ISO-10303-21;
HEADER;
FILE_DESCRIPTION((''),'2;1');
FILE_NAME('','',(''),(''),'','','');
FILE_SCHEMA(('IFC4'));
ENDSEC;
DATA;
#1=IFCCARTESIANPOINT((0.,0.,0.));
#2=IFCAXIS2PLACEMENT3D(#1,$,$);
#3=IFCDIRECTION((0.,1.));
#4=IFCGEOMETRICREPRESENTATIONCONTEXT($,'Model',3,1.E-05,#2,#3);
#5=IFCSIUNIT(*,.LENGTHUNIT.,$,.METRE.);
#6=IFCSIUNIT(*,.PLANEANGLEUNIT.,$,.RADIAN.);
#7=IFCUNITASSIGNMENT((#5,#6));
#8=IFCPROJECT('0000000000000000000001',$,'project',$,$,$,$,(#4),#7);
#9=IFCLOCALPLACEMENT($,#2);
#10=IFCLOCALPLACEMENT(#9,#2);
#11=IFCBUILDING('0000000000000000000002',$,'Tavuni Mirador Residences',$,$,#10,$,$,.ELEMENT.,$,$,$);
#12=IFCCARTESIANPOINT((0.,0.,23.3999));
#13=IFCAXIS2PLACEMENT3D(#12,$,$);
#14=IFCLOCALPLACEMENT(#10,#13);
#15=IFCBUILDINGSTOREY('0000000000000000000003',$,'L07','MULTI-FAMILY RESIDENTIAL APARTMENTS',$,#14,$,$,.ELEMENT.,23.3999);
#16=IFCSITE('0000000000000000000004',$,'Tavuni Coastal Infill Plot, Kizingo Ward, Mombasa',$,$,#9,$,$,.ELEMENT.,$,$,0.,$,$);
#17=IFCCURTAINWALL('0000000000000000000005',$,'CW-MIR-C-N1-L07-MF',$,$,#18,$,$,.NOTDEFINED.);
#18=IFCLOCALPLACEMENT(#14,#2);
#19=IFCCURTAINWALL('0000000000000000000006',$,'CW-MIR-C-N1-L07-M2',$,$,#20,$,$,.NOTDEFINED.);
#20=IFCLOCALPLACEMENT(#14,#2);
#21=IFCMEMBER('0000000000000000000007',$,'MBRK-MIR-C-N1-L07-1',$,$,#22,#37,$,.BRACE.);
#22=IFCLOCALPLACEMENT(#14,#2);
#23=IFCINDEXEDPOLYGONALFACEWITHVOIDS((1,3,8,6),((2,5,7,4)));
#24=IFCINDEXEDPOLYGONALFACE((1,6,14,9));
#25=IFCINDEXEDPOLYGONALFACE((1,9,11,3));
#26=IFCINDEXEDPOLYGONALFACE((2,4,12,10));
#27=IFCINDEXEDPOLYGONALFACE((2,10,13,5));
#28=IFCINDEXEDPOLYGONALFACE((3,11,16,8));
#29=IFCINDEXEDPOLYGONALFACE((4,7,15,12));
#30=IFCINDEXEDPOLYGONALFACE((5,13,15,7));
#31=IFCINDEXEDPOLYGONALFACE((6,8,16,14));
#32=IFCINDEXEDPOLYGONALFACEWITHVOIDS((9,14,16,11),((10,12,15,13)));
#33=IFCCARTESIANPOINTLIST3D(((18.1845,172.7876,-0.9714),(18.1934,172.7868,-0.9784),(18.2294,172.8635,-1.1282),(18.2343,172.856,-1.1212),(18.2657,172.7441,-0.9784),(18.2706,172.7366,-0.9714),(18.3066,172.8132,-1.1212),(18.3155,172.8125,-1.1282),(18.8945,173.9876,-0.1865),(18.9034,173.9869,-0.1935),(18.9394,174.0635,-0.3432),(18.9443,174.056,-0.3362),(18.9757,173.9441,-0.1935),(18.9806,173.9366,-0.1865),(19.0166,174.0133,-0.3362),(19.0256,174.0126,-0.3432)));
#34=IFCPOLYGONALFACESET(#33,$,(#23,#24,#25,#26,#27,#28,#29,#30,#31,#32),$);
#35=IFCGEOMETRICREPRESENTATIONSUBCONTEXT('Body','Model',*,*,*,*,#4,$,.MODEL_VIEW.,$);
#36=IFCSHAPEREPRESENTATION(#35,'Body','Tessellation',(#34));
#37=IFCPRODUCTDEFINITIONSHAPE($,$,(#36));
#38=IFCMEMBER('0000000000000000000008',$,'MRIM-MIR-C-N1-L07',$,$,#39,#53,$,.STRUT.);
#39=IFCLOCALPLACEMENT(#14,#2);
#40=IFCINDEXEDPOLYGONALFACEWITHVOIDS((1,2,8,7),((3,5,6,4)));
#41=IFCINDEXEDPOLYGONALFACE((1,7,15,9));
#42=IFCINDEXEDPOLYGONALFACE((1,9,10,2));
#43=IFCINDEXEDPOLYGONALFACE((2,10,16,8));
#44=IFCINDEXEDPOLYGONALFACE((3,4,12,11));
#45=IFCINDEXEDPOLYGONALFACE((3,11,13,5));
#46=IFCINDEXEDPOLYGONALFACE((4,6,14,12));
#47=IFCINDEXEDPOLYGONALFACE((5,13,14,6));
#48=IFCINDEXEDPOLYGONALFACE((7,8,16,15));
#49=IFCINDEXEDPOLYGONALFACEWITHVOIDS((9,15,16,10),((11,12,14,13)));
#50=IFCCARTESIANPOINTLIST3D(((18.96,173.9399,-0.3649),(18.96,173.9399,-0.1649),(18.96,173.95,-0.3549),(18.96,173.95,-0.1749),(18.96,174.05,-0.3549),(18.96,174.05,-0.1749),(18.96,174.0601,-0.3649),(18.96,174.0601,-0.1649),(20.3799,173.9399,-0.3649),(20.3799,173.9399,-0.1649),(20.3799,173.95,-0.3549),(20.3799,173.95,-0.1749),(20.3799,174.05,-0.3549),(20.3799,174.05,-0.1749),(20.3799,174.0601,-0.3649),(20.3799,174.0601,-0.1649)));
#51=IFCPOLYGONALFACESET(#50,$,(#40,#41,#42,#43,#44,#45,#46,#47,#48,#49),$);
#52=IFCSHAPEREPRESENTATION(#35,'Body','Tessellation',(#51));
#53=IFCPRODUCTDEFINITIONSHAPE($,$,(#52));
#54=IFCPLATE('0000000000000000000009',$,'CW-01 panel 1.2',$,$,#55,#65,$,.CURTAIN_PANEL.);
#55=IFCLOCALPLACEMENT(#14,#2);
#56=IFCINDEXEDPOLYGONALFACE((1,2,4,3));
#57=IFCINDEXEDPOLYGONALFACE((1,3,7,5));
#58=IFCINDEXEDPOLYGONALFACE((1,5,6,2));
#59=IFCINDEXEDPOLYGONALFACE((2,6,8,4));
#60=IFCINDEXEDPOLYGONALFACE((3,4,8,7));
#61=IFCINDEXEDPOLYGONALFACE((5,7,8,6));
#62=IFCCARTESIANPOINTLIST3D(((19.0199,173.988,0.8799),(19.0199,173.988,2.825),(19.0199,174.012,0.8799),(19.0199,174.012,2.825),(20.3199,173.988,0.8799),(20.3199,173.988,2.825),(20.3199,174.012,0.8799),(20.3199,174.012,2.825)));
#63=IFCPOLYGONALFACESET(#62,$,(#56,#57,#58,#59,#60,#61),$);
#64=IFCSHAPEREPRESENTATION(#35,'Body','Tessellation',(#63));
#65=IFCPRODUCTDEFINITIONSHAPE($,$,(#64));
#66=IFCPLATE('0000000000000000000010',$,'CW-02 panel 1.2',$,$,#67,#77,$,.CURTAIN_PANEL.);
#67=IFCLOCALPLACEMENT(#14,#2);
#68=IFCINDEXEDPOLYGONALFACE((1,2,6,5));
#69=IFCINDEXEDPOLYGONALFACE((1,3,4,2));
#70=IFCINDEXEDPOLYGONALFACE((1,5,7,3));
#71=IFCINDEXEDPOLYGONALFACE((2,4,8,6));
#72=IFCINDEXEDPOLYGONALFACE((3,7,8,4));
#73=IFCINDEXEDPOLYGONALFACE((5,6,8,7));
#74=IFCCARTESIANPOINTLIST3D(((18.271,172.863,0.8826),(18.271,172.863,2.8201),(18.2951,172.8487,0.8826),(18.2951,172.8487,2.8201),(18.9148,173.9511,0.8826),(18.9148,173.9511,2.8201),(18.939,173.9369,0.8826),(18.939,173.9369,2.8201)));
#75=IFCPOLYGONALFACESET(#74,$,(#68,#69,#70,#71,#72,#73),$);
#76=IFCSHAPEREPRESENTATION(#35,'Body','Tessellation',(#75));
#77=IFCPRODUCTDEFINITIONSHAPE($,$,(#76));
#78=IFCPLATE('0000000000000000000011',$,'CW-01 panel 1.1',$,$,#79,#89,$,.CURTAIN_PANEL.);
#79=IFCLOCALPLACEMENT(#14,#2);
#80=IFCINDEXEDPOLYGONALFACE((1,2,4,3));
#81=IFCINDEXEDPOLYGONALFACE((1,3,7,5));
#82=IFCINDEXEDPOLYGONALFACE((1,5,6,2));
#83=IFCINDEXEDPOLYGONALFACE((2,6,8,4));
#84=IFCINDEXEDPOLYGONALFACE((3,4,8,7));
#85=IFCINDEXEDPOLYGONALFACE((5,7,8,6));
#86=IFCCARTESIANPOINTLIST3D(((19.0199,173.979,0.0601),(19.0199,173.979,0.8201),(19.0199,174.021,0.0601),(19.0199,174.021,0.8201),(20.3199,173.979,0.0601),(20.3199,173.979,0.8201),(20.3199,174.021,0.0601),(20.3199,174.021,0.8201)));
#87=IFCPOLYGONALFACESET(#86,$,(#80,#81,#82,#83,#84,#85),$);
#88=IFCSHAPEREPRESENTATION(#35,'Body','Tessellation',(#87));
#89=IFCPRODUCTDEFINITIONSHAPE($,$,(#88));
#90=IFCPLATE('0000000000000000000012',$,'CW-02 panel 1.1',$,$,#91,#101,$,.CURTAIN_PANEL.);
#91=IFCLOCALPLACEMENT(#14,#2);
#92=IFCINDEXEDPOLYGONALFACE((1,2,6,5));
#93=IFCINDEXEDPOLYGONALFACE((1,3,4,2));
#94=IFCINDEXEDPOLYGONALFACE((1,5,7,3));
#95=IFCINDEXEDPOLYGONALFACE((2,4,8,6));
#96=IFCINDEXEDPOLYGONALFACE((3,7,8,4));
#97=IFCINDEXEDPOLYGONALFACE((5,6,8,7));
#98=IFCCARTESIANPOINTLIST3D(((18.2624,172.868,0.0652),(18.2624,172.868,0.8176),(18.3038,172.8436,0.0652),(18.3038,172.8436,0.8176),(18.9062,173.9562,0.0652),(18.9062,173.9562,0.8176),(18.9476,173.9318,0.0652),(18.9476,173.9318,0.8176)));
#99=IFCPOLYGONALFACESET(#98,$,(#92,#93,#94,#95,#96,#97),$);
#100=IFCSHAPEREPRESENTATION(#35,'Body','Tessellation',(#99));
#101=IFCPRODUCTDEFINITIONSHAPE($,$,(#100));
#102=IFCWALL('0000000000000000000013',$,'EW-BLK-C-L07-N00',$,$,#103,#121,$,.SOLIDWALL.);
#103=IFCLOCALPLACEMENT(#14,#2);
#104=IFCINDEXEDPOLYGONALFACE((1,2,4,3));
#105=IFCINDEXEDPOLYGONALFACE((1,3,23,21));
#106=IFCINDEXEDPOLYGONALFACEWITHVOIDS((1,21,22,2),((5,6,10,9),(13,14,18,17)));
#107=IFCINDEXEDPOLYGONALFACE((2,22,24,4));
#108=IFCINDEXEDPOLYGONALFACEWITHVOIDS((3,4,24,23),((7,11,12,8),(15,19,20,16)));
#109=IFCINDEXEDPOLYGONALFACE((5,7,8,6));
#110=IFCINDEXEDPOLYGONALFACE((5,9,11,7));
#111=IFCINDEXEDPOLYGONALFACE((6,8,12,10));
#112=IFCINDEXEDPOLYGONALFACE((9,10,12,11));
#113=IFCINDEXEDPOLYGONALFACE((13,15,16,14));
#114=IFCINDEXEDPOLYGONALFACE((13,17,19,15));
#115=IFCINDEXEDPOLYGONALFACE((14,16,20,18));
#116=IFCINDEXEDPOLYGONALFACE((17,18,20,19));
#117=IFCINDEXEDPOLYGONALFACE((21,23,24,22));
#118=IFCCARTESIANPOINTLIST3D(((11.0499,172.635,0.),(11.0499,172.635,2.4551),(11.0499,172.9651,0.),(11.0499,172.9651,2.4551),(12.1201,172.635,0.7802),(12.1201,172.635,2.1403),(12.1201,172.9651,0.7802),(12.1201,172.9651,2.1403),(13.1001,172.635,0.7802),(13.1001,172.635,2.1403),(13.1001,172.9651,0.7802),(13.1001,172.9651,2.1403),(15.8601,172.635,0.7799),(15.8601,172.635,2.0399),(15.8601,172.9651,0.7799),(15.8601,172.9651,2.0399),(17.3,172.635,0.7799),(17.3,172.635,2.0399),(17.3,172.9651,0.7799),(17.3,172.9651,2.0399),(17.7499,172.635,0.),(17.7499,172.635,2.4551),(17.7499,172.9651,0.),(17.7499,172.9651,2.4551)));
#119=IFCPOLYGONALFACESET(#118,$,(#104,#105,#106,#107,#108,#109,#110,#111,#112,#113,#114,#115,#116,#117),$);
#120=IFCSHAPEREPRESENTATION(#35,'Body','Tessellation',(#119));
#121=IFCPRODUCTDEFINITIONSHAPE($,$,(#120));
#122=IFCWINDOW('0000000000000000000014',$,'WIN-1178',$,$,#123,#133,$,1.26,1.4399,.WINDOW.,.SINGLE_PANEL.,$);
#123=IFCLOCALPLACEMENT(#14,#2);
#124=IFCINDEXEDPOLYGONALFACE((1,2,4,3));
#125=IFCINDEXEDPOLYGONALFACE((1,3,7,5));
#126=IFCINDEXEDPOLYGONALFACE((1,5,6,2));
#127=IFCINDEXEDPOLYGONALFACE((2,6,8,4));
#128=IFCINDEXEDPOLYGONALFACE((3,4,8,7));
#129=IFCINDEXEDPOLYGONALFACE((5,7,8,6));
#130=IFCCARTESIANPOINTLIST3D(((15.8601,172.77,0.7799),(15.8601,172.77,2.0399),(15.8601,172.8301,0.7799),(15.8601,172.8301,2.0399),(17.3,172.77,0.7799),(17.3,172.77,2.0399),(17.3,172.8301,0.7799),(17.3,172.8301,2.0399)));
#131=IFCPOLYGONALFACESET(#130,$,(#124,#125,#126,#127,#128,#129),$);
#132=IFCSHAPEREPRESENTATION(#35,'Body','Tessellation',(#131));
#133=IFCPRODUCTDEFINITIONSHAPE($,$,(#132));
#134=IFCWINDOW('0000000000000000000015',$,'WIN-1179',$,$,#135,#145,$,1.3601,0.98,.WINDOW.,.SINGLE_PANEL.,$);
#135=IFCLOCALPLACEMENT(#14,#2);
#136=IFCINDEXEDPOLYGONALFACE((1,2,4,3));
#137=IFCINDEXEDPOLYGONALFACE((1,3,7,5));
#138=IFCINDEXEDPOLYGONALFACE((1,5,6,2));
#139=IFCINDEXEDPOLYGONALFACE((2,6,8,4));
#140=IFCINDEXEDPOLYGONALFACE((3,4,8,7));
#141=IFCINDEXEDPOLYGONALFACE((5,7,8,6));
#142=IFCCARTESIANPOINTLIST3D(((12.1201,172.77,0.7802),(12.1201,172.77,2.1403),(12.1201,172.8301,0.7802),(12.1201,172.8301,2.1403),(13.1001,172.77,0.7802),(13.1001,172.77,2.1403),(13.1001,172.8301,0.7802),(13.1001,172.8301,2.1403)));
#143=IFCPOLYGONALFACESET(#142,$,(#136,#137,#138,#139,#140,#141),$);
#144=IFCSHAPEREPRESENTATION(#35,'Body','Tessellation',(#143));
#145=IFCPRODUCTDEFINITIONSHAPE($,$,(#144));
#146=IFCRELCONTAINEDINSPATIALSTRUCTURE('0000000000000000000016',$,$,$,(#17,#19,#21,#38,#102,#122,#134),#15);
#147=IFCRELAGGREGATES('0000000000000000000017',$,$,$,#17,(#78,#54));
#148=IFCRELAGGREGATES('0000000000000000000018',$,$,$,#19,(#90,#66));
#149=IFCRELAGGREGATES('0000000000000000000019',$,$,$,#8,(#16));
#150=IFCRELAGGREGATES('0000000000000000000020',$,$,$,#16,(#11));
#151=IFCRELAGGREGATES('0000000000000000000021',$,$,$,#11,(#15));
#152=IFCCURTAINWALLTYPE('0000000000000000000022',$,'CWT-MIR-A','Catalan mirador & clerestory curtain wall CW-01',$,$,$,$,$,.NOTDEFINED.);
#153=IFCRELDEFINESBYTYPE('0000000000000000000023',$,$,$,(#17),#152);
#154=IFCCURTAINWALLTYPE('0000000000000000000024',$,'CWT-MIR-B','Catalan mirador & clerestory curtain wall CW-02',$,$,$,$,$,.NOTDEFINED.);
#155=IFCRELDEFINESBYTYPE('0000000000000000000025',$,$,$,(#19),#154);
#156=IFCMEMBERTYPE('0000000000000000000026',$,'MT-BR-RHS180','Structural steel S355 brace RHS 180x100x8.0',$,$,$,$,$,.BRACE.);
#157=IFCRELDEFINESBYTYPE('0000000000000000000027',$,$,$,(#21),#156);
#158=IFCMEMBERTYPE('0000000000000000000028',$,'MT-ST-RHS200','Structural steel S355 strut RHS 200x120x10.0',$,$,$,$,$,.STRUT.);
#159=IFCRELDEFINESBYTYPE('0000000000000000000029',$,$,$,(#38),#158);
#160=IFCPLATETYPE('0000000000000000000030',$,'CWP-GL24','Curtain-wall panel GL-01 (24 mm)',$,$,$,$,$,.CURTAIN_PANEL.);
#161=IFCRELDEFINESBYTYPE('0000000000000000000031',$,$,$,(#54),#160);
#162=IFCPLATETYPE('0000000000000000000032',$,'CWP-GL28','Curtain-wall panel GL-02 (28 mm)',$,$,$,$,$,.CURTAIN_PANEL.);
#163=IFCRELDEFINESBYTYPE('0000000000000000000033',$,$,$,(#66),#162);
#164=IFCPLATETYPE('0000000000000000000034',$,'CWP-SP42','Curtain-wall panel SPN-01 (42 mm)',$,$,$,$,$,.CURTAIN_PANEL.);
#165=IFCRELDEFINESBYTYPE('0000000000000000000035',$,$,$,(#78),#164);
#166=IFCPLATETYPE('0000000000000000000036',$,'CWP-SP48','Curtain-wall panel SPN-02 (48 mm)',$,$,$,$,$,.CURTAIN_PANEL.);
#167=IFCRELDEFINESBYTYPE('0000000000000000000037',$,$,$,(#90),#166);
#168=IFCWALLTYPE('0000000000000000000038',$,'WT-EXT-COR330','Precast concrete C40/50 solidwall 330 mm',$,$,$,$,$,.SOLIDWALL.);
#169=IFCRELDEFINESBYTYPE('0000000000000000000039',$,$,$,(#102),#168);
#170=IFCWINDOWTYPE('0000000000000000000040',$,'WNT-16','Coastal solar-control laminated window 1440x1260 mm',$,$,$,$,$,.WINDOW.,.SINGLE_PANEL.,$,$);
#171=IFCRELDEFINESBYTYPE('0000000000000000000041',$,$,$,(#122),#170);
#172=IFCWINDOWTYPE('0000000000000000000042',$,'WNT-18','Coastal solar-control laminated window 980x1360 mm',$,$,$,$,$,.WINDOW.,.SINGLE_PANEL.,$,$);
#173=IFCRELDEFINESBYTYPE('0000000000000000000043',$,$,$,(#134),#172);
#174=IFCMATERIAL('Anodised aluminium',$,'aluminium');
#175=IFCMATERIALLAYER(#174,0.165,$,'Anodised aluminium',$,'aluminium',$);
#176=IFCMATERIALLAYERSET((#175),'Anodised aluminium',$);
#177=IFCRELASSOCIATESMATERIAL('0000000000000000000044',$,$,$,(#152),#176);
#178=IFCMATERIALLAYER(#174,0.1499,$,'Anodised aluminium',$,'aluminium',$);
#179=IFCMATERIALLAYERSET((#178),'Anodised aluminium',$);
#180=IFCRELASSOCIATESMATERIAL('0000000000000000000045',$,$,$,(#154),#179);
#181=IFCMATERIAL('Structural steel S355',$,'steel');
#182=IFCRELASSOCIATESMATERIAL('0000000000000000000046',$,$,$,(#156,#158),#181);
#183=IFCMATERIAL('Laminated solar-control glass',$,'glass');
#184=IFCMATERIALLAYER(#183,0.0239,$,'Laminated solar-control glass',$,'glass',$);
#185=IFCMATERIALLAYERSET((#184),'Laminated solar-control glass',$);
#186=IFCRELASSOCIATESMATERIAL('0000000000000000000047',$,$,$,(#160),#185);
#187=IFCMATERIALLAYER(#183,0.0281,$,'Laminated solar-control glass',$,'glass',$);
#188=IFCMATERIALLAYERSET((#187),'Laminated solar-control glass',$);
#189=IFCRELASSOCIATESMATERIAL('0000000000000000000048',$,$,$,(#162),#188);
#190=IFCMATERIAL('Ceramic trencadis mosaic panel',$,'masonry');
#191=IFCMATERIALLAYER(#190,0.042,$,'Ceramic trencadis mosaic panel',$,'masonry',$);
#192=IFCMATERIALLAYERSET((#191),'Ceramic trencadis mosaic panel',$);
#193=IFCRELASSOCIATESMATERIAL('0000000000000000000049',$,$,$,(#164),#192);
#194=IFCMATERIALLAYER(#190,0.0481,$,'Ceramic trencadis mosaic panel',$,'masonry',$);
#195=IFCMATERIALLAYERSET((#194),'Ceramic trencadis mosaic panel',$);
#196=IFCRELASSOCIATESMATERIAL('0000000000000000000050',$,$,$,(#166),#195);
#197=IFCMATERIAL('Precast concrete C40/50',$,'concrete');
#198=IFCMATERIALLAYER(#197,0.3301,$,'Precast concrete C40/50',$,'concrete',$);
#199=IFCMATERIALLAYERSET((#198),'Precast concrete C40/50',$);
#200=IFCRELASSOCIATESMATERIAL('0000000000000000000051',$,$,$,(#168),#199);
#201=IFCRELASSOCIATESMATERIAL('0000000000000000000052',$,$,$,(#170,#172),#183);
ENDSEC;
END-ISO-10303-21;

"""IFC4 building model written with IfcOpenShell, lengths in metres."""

from ifc_helpers import new_model, si_unit, direction, frame, frame_2d, origin, origin_2d, place, context, subcontext, project, spatial, rectangle, hollow_rectangle, extrude, material, layer, layer_set, material_profile, profile_set, type_object, element, fill, aggregate, save


model = new_model("IFC4")

# Units and contexts
model_context = context("Model", 3, precision=1e-05, world=origin(), true_north=direction((0.0, 1.0)))
body_context = subcontext(model_context, "Body", "Model", "MODEL_VIEW")
ifc_project = project(units=[si_unit("LENGTHUNIT", "METRE"), si_unit("PLANEANGLEUNIT", "RADIAN")], contexts=[model_context])

# Site, building, storey
site_placement = place(None, origin())
site = spatial("IfcSite", under=ifc_project, at=site_placement, Name="Tavuni Coastal Infill Plot, Kizingo Ward, Mombasa", CompositionType="ELEMENT", RefElevation=0.0)
building_placement = place(site_placement, origin())
building = spatial("IfcBuilding", under=site, at=building_placement, Name="Tavuni Mirador Residences", CompositionType="ELEMENT")
storey_placement = place(building_placement, frame((0.0, 0.0, 23.3999)))
storey = spatial("IfcBuildingStorey", under=building, at=storey_placement, Name="L07", Description="MULTI-FAMILY RESIDENTIAL APARTMENTS", CompositionType="ELEMENT", Elevation=23.3999)

# Shared definitions
ifc_material_1 = material(Name="Precast concrete C40/50", Category="concrete")

# Curtain wall
ifc_material_2 = material(Name="Anodised aluminium", Category="aluminium")
ifc_layer_1 = layer(ifc_material_2, 0.165, Name="Anodised aluminium", Category="aluminium")
ifc_layer_set_1 = layer_set([ifc_layer_1], Name="Anodised aluminium")
curtain_wall_type_1 = type_object("IfcCurtainWallType", Name="CWT-MIR-A", Description="Catalan mirador & clerestory curtain wall CW-01", PredefinedType="NOTDEFINED", material=ifc_layer_set_1)
curtain_wall_1_placement = place(storey_placement, origin())
curtain_wall_1 = element("IfcCurtainWall", 1, at=curtain_wall_1_placement, inside=storey, type_object=curtain_wall_type_1, Name="CW-MIR-C-N1-L07-MF", PredefinedType="NOTDEFINED")

# Curtain wall
ifc_layer_2 = layer(ifc_material_2, 0.1499, Name="Anodised aluminium", Category="aluminium")
ifc_layer_set_2 = layer_set([ifc_layer_2], Name="Anodised aluminium")
curtain_wall_type_2 = type_object("IfcCurtainWallType", Name="CWT-MIR-B", Description="Catalan mirador & clerestory curtain wall CW-02", PredefinedType="NOTDEFINED", material=ifc_layer_set_2)
curtain_wall_2_placement = place(storey_placement, origin())
curtain_wall_2 = element("IfcCurtainWall", 2, at=curtain_wall_2_placement, inside=storey, type_object=curtain_wall_type_2, Name="CW-MIR-C-N1-L07-M2", PredefinedType="NOTDEFINED")

# Members
ifc_material_3 = material(Name="Structural steel S355", Category="steel")
ifc_material_profile_1 = material_profile(ifc_material_3, hollow_rectangle(XDim=0.1001, YDim=0.1799, WallThickness=0.0081, at=origin_2d()), Name="RHS 180x100x8.0", Category="steel")
ifc_profile_set_1 = profile_set([ifc_material_profile_1], Name="Structural steel S355")
member_type_1 = type_object("IfcMemberType", Name="MT-BR-RHS180", Description="Structural steel S355 brace RHS 180x100x8.0", PredefinedType="BRACE", material=ifc_profile_set_1)
member_1_placement = place(storey_placement, frame((18.25, 172.8, -1.0498), z_axis=(0.443724, 0.749967, 0.490569), x_axis=(-0.860644, 0.509207, 0.0)))
element("IfcMember", 3, at=member_1_placement, inside=storey, type_object=member_type_1, Name="MBRK-MIR-C-N1-L07-1", PredefinedType="BRACE", context=body_context, shape_type="SweptSolid", body=[
    extrude(hollow_rectangle(XDim=0.1001, YDim=0.1799, WallThickness=0.0081, at=origin_2d()), origin(), (0.0, 0.0, 1.0), 1.6001),
])
ifc_material_profile_2 = material_profile(ifc_material_3, hollow_rectangle(XDim=0.1201, YDim=0.2, WallThickness=0.01, at=origin_2d()), Name="RHS 200x120x10.0", Category="steel")
ifc_profile_set_2 = profile_set([ifc_material_profile_2], Name="Structural steel S355")
member_type_2 = type_object("IfcMemberType", Name="MT-ST-RHS200", Description="Structural steel S355 strut RHS 200x120x10.0", PredefinedType="STRUT", material=ifc_profile_set_2)
member_2_placement = place(storey_placement, frame((18.96, 174.0, -0.2649), z_axis=(1.0, 0.0, 0.0), x_axis=(0.0, 1.0, 0.0)))
element("IfcMember", 4, at=member_2_placement, inside=storey, type_object=member_type_2, Name="MRIM-MIR-C-N1-L07", PredefinedType="STRUT", context=body_context, shape_type="SweptSolid", body=[
    extrude(hollow_rectangle(XDim=0.1201, YDim=0.2, WallThickness=0.01, at=origin_2d()), origin(), (0.0, 0.0, 1.0), 1.4199),
])

# Plates
ifc_material_4 = material(Name="Laminated solar-control glass", Category="glass")
ifc_layer_3 = layer(ifc_material_4, 0.0239, Name="Laminated solar-control glass", Category="glass")
ifc_layer_set_3 = layer_set([ifc_layer_3], Name="Laminated solar-control glass")
plate_type_1 = type_object("IfcPlateType", Name="CWP-GL24", Description="Curtain-wall panel GL-01 (24 mm)", PredefinedType="CURTAIN_PANEL", material=ifc_layer_set_3)
plate_1_placement = place(storey_placement, frame((19.6699, 174.0, 0.8799), z_axis=(0.0, 0.0, 1.0), x_axis=(-1.0, 0.0, 0.0)))
plate_1 = element("IfcPlate", 5, at=plate_1_placement, type_object=plate_type_1, Name="CW-01 panel 1.2", PredefinedType="CURTAIN_PANEL", context=body_context, shape_type="SweptSolid", body=[
    extrude(rectangle(XDim=1.3, YDim=0.0239, at=origin_2d()), origin(), (0.0, 0.0, 1.0), 1.9451),
])
ifc_layer_4 = layer(ifc_material_4, 0.0281, Name="Laminated solar-control glass", Category="glass")
ifc_layer_set_4 = layer_set([ifc_layer_4], Name="Laminated solar-control glass")
plate_type_2 = type_object("IfcPlateType", Name="CWP-GL28", Description="Curtain-wall panel GL-02 (28 mm)", PredefinedType="CURTAIN_PANEL", material=ifc_layer_set_4)
plate_2_placement = place(storey_placement, frame((18.605, 173.3999, 0.8826), z_axis=(0.0, 0.0, 1.0), x_axis=(-0.509212, -0.860641, 0.0)))
plate_2 = element("IfcPlate", 6, at=plate_2_placement, type_object=plate_type_2, Name="CW-02 panel 1.2", PredefinedType="CURTAIN_PANEL", context=body_context, shape_type="SweptSolid", body=[
    extrude(rectangle(XDim=1.2644, YDim=0.0281, at=origin_2d()), origin(), (0.0, 0.0, 1.0), 1.9375),
])
ifc_material_5 = material(Name="Ceramic trencadis mosaic panel", Category="masonry")
ifc_layer_5 = layer(ifc_material_5, 0.042, Name="Ceramic trencadis mosaic panel", Category="masonry")
ifc_layer_set_5 = layer_set([ifc_layer_5], Name="Ceramic trencadis mosaic panel")
plate_type_3 = type_object("IfcPlateType", Name="CWP-SP42", Description="Curtain-wall panel SPN-01 (42 mm)", PredefinedType="CURTAIN_PANEL", material=ifc_layer_set_5)
plate_3_placement = place(storey_placement, frame((19.6699, 174.0, 0.0601), z_axis=(0.0, 0.0, 1.0), x_axis=(-1.0, 0.0, 0.0)))
plate_3 = element("IfcPlate", 7, at=plate_3_placement, type_object=plate_type_3, Name="CW-01 panel 1.1", PredefinedType="CURTAIN_PANEL", context=body_context, shape_type="SweptSolid", body=[
    extrude(rectangle(XDim=1.3, YDim=0.042, at=origin_2d()), origin(), (0.0, 0.0, 1.0), 0.76),
])
aggregate(curtain_wall_1, [plate_3, plate_1])
ifc_layer_6 = layer(ifc_material_5, 0.0481, Name="Ceramic trencadis mosaic panel", Category="masonry")
ifc_layer_set_6 = layer_set([ifc_layer_6], Name="Ceramic trencadis mosaic panel")
plate_type_4 = type_object("IfcPlateType", Name="CWP-SP48", Description="Curtain-wall panel SPN-02 (48 mm)", PredefinedType="CURTAIN_PANEL", material=ifc_layer_set_6)
plate_4_placement = place(storey_placement, frame((18.605, 173.3999, 0.0652), z_axis=(0.0, 0.0, 1.0), x_axis=(-0.509212, -0.860641, 0.0)))
plate_4 = element("IfcPlate", 8, at=plate_4_placement, type_object=plate_type_4, Name="CW-02 panel 1.1", PredefinedType="CURTAIN_PANEL", context=body_context, shape_type="SweptSolid", body=[
    extrude(rectangle(XDim=1.2644, YDim=0.0481, at=origin_2d()), origin(), (0.0, 0.0, 1.0), 0.7524),
])
aggregate(curtain_wall_2, [plate_4, plate_2])

# Wall, openings, windows
ifc_layer_7 = layer(ifc_material_1, 0.3301, Name="Precast concrete C40/50", Category="concrete")
ifc_layer_set_7 = layer_set([ifc_layer_7], Name="Precast concrete C40/50")
wall_type = type_object("IfcWallType", Name="WT-EXT-COR330", Description="Precast concrete C40/50 solidwall 330 mm", PredefinedType="SOLIDWALL", material=ifc_layer_set_7)
wall_placement = place(storey_placement, frame((17.75, 172.8, 0.0), z_axis=(0.0, 0.0, 1.0), x_axis=(-1.0, 0.0, 0.0)))
wall = element("IfcWall", 9, at=wall_placement, inside=storey, type_object=wall_type, Name="EW-BLK-C-L07-N00", PredefinedType="SOLIDWALL", context=body_context, shape_type="SweptSolid", body=[
    extrude(rectangle(XDim=6.7, YDim=0.3301, at=frame_2d((3.3501, 0.0))), origin(), (0.0, 0.0, 1.0), 2.4551),
])
opening_1_placement = place(wall_placement, frame((0.45, 0.0, 0.78)))
opening_1 = element("IfcOpeningElement", 10, at=opening_1_placement, cuts=wall, PredefinedType="OPENING", context=body_context, shape_type="SweptSolid", body=[
    extrude(rectangle(XDim=1.4399, YDim=1.26, at=frame_2d((0.72, 0.6299))), frame((0.0, 0.175, 0.0), z_axis=(0.0, -1.0, 0.0), x_axis=(1.0, 0.0, 0.0)), (0.0, 0.0, 1.0), 0.3501),
])
opening_2_placement = place(wall_placement, frame((4.6499, 0.0, 0.78)))
opening_2 = element("IfcOpeningElement", 11, at=opening_2_placement, cuts=wall, PredefinedType="OPENING", context=body_context, shape_type="SweptSolid", body=[
    extrude(rectangle(XDim=0.98, YDim=1.3601, at=frame_2d((0.49, 0.6802))), frame((0.0, 0.175, 0.0), z_axis=(0.0, -1.0, 0.0), x_axis=(1.0, 0.0, 0.0)), (0.0, 0.0, 1.0), 0.3501),
])
window_type_1 = type_object("IfcWindowType", Name="WNT-16", Description="Coastal solar-control laminated window 1440x1260 mm", PartitioningType="SINGLE_PANEL", PredefinedType="WINDOW", material=ifc_material_4)
window_1_placement = place(opening_1_placement, origin())
window_1 = element("IfcWindow", 12, at=window_1_placement, inside=storey, type_object=window_type_1, Name="WIN-1178", OverallHeight=1.26, OverallWidth=1.4399, PartitioningType="SINGLE_PANEL", PredefinedType="WINDOW", context=body_context, shape_type="SweptSolid", body=[
    extrude(rectangle(XDim=1.4399, YDim=1.26, at=frame_2d((0.72, 0.6299))), frame((0.0, 0.03, 0.0), z_axis=(0.0, -1.0, 0.0), x_axis=(1.0, 0.0, 0.0)), (0.0, 0.0, 1.0), 0.0601),
])
fill(opening_1, window_1)
window_type_2 = type_object("IfcWindowType", Name="WNT-18", Description="Coastal solar-control laminated window 980x1360 mm", PartitioningType="SINGLE_PANEL", PredefinedType="WINDOW", material=ifc_material_4)
window_2_placement = place(opening_2_placement, origin())
window_2 = element("IfcWindow", 13, at=window_2_placement, inside=storey, type_object=window_type_2, Name="WIN-1179", OverallHeight=1.3601, OverallWidth=0.98, PartitioningType="SINGLE_PANEL", PredefinedType="WINDOW", context=body_context, shape_type="SweptSolid", body=[
    extrude(rectangle(XDim=0.98, YDim=1.3601, at=frame_2d((0.49, 0.6802))), frame((0.0, 0.03, 0.0), z_axis=(0.0, -1.0, 0.0), x_axis=(1.0, 0.0, 0.0)), (0.0, 0.0, 1.0), 0.0601),
])
fill(opening_2, window_2)

save(model, "model.ifc")
